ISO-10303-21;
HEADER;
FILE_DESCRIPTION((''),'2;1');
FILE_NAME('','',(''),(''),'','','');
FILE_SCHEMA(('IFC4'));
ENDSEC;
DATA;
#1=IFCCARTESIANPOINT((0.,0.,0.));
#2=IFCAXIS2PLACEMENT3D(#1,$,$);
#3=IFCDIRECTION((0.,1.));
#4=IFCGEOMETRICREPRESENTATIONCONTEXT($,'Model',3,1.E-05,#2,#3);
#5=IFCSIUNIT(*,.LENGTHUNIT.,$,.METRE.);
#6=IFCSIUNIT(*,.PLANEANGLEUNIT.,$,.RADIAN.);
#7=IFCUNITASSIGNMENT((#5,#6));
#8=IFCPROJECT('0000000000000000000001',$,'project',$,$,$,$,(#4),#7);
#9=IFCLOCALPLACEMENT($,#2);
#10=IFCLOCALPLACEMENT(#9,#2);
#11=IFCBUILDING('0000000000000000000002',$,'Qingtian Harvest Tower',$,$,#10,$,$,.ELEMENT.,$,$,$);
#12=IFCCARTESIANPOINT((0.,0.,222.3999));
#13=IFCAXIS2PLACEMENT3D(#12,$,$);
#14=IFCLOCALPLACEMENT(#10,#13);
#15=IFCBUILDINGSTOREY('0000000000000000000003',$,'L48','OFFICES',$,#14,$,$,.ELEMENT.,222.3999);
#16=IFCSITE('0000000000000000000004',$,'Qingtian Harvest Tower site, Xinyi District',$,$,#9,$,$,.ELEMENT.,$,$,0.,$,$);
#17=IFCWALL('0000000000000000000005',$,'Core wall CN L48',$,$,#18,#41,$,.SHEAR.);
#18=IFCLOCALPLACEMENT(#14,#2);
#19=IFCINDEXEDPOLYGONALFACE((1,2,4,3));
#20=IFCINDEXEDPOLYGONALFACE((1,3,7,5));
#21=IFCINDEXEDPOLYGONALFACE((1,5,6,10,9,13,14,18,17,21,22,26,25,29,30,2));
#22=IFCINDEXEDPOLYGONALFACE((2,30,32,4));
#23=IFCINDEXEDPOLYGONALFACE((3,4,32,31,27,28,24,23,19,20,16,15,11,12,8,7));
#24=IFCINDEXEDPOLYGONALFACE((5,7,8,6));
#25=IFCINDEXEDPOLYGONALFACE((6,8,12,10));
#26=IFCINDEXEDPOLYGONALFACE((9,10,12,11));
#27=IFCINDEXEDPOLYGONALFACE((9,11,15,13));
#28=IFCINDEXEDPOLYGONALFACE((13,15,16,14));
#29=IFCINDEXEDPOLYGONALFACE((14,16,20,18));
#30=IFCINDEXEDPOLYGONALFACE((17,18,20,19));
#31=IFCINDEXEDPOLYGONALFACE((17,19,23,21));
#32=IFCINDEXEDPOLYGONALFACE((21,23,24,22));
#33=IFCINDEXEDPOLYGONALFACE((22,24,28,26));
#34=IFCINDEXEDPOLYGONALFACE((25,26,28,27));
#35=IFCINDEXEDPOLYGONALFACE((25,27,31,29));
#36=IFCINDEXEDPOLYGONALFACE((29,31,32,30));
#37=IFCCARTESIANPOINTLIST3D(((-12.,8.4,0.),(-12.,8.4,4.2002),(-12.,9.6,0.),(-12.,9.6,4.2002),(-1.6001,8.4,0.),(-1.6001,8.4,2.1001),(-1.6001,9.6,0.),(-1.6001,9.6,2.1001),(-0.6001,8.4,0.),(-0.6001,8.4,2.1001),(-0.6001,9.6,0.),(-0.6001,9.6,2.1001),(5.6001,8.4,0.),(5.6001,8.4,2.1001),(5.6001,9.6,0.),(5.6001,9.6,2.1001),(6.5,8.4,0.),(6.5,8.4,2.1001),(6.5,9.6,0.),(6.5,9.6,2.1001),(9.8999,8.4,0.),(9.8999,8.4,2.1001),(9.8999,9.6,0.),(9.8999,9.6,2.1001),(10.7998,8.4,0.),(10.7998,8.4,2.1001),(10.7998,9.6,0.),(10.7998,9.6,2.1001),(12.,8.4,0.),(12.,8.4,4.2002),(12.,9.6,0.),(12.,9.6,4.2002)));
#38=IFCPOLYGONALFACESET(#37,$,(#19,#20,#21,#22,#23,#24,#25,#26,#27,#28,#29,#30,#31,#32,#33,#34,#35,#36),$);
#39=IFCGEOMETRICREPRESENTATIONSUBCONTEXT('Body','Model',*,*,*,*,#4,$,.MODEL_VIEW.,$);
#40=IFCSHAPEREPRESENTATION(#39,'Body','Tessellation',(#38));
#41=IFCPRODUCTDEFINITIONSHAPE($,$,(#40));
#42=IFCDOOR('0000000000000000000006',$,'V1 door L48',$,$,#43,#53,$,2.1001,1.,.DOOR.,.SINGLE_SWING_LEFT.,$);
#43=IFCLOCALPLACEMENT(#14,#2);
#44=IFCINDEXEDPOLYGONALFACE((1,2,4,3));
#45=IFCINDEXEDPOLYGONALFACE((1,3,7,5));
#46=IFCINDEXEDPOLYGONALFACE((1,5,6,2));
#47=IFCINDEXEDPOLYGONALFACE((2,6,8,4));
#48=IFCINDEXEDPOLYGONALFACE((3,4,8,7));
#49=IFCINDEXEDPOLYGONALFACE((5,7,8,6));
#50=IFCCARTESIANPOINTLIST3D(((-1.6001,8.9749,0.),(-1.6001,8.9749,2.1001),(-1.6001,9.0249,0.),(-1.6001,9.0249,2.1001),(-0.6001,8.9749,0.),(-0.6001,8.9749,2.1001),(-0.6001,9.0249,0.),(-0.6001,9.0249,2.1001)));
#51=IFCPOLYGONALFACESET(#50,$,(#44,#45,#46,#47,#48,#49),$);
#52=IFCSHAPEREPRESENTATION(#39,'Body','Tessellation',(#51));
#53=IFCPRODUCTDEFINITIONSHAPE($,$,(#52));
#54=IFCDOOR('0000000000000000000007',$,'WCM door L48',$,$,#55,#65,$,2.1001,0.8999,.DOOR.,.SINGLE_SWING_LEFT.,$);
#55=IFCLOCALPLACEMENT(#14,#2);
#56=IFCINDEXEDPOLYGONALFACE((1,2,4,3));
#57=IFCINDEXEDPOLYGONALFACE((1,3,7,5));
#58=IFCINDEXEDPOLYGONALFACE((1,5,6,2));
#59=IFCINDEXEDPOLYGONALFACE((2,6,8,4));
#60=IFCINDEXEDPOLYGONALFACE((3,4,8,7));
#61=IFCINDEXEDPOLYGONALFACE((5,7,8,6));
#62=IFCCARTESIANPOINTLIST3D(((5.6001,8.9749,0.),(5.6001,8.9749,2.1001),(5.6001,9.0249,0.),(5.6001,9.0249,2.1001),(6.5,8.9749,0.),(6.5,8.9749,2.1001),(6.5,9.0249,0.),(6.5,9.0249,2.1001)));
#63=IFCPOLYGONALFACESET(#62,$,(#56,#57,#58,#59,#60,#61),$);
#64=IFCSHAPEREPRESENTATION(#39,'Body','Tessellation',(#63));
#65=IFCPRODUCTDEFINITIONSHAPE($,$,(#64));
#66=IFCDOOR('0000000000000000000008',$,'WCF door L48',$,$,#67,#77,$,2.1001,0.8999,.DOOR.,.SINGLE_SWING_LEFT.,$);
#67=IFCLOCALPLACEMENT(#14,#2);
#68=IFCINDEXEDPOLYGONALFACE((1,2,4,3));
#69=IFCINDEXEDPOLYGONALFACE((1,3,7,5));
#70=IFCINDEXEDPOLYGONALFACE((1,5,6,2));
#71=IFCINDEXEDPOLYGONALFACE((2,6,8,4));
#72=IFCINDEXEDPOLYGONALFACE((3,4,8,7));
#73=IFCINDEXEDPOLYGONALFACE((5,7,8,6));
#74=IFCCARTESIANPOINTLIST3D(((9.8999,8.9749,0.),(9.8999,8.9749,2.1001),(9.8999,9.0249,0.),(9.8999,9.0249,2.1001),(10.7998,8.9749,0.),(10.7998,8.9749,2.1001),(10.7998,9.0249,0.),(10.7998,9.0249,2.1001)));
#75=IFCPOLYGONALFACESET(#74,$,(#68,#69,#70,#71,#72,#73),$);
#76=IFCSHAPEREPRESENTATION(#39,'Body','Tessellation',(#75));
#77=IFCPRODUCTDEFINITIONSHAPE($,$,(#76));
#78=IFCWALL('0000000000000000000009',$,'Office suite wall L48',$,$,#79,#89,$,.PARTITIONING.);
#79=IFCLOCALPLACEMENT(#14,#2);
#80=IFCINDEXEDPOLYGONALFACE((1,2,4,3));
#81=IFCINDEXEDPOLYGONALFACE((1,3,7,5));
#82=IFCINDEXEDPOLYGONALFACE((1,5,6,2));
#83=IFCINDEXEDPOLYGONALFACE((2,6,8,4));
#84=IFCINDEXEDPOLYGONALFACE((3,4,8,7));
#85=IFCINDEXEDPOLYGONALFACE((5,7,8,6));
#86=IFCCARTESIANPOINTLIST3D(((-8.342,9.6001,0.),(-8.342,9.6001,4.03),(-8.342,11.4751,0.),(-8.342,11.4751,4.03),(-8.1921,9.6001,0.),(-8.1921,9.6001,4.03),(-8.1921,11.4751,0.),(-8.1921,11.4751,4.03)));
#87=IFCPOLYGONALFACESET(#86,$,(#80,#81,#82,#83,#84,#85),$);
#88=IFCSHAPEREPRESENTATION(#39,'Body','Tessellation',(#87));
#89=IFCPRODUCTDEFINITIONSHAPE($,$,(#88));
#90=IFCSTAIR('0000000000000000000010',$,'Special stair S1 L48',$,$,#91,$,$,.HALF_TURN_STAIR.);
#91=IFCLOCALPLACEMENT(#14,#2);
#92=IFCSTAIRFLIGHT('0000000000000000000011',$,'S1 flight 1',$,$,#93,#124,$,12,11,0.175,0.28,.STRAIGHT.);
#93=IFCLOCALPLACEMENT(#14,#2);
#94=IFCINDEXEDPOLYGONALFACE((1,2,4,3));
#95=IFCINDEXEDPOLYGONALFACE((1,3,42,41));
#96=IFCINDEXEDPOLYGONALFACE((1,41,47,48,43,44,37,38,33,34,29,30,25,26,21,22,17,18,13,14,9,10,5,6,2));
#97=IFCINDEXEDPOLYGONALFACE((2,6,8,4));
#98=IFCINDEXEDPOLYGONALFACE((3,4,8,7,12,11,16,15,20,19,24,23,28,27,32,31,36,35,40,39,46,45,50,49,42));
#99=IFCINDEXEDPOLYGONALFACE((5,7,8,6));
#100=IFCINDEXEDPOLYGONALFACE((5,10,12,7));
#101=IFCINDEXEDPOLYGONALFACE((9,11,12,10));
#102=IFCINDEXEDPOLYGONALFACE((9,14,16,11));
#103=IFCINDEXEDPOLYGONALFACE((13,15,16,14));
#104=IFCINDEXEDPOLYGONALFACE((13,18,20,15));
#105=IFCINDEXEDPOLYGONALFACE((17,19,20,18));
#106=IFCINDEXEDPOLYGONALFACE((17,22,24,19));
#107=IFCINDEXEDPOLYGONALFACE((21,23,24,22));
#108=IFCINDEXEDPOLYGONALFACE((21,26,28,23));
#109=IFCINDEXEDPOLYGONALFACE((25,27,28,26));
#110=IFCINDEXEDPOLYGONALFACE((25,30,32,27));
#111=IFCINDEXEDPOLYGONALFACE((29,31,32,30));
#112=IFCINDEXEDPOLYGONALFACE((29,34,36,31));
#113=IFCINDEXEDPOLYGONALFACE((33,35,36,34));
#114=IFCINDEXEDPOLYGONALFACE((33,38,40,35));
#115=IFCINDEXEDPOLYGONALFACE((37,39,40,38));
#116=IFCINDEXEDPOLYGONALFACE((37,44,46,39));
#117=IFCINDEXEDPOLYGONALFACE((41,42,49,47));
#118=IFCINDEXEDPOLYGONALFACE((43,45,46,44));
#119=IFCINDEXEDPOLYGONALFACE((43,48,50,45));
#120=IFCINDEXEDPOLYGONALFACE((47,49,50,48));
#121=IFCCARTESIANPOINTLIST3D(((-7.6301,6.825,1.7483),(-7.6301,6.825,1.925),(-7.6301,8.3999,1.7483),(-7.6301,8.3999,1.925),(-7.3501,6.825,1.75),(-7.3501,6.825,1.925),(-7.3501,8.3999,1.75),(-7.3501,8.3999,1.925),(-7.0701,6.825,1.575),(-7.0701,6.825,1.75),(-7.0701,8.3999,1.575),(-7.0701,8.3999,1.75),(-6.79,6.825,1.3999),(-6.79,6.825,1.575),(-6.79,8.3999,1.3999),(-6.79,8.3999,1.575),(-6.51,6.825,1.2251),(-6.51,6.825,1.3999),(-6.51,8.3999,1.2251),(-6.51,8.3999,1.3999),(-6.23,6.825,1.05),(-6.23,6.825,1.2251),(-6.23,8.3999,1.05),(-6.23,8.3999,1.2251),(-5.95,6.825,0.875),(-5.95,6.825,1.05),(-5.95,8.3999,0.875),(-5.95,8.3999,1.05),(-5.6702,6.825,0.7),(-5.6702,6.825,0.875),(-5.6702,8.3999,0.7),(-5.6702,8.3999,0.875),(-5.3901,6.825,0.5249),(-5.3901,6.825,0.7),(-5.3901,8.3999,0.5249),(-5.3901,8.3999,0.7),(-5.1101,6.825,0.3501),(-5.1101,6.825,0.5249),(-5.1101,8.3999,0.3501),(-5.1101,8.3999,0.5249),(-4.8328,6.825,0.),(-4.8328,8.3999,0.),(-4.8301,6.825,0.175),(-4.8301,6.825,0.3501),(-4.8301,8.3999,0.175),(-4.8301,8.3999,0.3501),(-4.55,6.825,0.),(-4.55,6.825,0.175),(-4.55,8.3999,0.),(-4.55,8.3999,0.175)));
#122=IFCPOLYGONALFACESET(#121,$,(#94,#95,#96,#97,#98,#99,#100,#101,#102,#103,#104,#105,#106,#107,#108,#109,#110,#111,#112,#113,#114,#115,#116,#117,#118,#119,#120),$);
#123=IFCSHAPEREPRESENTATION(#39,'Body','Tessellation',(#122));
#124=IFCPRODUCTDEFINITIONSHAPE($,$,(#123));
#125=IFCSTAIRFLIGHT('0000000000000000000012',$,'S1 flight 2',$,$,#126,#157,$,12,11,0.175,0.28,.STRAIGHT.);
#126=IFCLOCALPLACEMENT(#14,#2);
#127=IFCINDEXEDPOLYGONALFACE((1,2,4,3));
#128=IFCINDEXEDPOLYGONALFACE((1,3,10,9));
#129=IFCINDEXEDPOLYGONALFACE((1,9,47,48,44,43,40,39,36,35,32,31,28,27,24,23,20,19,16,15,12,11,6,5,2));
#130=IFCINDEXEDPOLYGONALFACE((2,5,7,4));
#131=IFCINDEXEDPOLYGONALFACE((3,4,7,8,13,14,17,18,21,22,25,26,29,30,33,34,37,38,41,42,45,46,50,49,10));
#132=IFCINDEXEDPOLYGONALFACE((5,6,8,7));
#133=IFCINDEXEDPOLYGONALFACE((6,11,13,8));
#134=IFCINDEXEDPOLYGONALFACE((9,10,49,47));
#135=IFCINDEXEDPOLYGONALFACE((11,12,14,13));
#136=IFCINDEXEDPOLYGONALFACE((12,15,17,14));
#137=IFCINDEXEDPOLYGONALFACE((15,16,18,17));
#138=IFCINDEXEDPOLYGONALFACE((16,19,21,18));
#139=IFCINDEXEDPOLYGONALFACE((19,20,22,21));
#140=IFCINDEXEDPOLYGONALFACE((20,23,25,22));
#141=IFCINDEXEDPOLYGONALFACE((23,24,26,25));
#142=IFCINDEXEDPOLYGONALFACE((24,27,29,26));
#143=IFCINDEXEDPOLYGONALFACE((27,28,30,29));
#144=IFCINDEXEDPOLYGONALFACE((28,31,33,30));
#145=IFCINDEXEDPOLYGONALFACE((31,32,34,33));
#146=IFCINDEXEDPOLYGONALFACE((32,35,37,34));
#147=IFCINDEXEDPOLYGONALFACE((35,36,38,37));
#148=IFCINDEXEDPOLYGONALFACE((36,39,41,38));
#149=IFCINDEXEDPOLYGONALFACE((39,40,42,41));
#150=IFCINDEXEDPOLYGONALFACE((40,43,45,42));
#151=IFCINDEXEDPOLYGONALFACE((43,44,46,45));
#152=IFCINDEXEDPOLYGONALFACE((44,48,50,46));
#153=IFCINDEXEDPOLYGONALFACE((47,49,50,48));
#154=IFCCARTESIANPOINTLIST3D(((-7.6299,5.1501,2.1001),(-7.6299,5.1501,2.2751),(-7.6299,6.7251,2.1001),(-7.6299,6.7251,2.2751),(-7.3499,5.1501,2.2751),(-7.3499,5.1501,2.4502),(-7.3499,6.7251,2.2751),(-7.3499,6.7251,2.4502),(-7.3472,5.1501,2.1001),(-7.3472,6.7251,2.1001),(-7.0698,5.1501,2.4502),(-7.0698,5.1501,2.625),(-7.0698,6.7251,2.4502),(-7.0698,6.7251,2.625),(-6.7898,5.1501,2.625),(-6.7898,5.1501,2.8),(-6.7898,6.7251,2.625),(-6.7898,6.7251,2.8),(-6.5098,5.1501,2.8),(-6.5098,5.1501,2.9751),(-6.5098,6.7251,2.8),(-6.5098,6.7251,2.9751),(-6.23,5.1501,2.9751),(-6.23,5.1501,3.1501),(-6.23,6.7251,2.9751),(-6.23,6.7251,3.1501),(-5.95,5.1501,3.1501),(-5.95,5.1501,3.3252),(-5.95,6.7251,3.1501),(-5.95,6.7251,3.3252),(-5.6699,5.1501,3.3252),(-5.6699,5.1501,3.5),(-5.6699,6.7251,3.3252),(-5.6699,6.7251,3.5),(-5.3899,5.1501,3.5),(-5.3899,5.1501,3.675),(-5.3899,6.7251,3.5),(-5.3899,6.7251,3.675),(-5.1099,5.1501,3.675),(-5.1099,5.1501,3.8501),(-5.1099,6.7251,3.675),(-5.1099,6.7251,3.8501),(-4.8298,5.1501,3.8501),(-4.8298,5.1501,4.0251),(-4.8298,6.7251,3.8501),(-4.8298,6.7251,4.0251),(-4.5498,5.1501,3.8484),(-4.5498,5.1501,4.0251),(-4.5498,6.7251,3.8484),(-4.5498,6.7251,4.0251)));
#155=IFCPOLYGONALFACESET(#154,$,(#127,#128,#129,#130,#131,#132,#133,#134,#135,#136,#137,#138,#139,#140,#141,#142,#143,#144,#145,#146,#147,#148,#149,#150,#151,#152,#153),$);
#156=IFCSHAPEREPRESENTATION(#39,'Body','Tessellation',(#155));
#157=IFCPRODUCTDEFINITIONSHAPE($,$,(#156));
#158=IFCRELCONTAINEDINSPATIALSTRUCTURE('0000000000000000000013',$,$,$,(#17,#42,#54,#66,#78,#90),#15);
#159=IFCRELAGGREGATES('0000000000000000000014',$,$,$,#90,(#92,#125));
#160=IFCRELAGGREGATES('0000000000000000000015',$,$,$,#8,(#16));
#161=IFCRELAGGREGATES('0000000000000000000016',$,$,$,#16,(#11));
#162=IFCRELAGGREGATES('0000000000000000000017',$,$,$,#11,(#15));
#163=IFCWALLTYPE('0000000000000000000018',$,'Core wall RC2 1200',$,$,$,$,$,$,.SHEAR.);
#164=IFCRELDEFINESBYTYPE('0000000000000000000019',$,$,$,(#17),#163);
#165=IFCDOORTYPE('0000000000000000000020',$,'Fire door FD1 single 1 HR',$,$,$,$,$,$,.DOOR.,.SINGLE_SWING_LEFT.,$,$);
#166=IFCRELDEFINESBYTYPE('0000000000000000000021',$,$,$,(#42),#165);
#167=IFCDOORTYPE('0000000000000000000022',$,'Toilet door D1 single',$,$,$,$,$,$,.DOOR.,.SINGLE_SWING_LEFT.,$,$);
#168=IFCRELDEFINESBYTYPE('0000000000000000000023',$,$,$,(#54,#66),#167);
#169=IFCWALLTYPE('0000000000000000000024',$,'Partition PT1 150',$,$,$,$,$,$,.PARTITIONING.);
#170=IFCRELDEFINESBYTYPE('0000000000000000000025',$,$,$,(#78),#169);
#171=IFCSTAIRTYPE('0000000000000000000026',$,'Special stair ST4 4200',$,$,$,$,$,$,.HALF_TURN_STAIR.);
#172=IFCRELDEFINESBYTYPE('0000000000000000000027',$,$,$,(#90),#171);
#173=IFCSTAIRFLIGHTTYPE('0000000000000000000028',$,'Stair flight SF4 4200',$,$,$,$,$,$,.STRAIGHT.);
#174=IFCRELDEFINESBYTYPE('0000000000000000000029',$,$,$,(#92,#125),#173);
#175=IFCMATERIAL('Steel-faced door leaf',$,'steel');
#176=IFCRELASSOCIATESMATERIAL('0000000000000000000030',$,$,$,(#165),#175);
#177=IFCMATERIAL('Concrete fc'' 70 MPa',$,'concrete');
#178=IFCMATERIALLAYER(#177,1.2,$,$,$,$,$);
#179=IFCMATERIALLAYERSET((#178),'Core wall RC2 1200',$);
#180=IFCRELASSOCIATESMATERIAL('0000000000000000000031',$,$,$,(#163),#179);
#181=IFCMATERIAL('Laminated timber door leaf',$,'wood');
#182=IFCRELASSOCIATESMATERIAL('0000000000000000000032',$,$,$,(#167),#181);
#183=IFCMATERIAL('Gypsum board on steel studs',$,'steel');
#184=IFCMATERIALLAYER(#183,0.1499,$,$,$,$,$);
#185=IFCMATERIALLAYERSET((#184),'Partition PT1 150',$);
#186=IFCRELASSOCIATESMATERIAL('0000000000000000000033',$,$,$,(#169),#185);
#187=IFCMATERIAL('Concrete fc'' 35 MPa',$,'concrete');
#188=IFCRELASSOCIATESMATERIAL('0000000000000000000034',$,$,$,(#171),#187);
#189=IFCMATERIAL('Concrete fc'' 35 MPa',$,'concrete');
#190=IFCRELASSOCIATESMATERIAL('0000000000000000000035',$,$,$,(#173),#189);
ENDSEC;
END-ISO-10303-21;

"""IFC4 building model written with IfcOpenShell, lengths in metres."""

from ifc_helpers import new_model, si_unit, direction, frame, frame_2d, origin, place, context, subcontext, project, spatial, polyline, rectangle, outline, extrude, material, layer, layer_set, type_object, element, fill, aggregate, save


model = new_model("IFC4")

# Units and contexts
model_context = context("Model", 3, precision=1e-05, world=origin(), true_north=direction((0.0, 1.0)))
body_context = subcontext(model_context, "Body", "Model", "MODEL_VIEW")
ifc_project = project(units=[si_unit("LENGTHUNIT", "METRE"), si_unit("PLANEANGLEUNIT", "RADIAN")], contexts=[model_context])

# Site, building, storey
site_placement = place(None, origin())
site = spatial("IfcSite", under=ifc_project, at=site_placement, Name="Qingtian Harvest Tower site, Xinyi District", CompositionType="ELEMENT", RefElevation=0.0)
building_placement = place(site_placement, origin())
building = spatial("IfcBuilding", under=site, at=building_placement, Name="Qingtian Harvest Tower", CompositionType="ELEMENT")
storey_placement = place(building_placement, frame((0.0, 0.0, 222.3999)))
storey = spatial("IfcBuildingStorey", under=building, at=storey_placement, Name="L48", Description="OFFICES", CompositionType="ELEMENT", Elevation=222.3999)

# Shared definitions
ifc_material_1 = material(Name="Steel-faced door leaf", Category="steel")
door_type_1 = type_object("IfcDoorType", Name="Fire door FD1 single 1 HR", OperationType="SINGLE_SWING_LEFT", PredefinedType="DOOR", material=ifc_material_1)

# Wall, openings, doors
ifc_material_2 = material(Name="Concrete fc' 70 MPa", Category="concrete")
ifc_layer_1 = layer(ifc_material_2, 1.2)
ifc_layer_set_1 = layer_set([ifc_layer_1], Name="Core wall RC2 1200")
wall_type_1 = type_object("IfcWallType", Name="Core wall RC2 1200", PredefinedType="SHEAR", material=ifc_layer_set_1)
wall_1_placement = place(storey_placement, frame((-12.0, 9.0, 0.0), z_axis=(0.0, 0.0, 1.0), x_axis=(1.0, 0.0, 0.0)))
wall_1 = element("IfcWall", 1, at=wall_1_placement, inside=storey, type_object=wall_type_1, Name="Core wall CN L48", PredefinedType="SHEAR", context=body_context, shape_type="SweptSolid", body=[
    extrude(rectangle(XDim=24.0, YDim=1.2, at=frame_2d((12.0, 0.0))), origin(), (0.0, 0.0, 1.0), 4.2002),
])
opening_1_placement = place(wall_1_placement, frame((10.3999, 0.0, 0.0)))
opening_1 = element("IfcOpeningElement", 2, at=opening_1_placement, cuts=wall_1, PredefinedType="OPENING", context=body_context, shape_type="SweptSolid", body=[
    extrude(rectangle(XDim=1.0, YDim=2.1001, at=frame_2d((0.5, 1.05))), frame((0.0, 0.6099, 0.0), z_axis=(0.0, -1.0, 0.0), x_axis=(1.0, 0.0, 0.0)), (0.0, 0.0, 1.0), 1.22),
])
opening_2_placement = place(wall_1_placement, frame((17.6001, 0.0, 0.0)))
opening_2 = element("IfcOpeningElement", 3, at=opening_2_placement, cuts=wall_1, PredefinedType="OPENING", context=body_context, shape_type="SweptSolid", body=[
    extrude(rectangle(XDim=0.8999, YDim=2.1001, at=frame_2d((0.45, 1.05))), frame((0.0, 0.6099, 0.0), z_axis=(0.0, -1.0, 0.0), x_axis=(1.0, 0.0, 0.0)), (0.0, 0.0, 1.0), 1.22),
])
opening_3_placement = place(wall_1_placement, frame((21.8999, 0.0, 0.0)))
opening_3 = element("IfcOpeningElement", 4, at=opening_3_placement, cuts=wall_1, PredefinedType="OPENING", context=body_context, shape_type="SweptSolid", body=[
    extrude(rectangle(XDim=0.8999, YDim=2.1001, at=frame_2d((0.45, 1.05))), frame((0.0, 0.6099, 0.0), z_axis=(0.0, -1.0, 0.0), x_axis=(1.0, 0.0, 0.0)), (0.0, 0.0, 1.0), 1.22),
])
door_1_placement = place(opening_1_placement, origin())
door_1 = element("IfcDoor", 5, at=door_1_placement, inside=storey, type_object=door_type_1, Name="V1 door L48", OperationType="SINGLE_SWING_LEFT", OverallHeight=2.1001, OverallWidth=1.0, PredefinedType="DOOR", context=body_context, shape_type="SweptSolid", body=[
    extrude(rectangle(XDim=1.0, YDim=2.1001, at=frame_2d((0.5, 1.05))), frame((0.0, 0.0249, 0.0), z_axis=(0.0, -1.0, 0.0), x_axis=(1.0, 0.0, 0.0)), (0.0, 0.0, 1.0), 0.05),
])
fill(opening_1, door_1)
ifc_material_3 = material(Name="Laminated timber door leaf", Category="wood")
door_type_2 = type_object("IfcDoorType", Name="Toilet door D1 single", OperationType="SINGLE_SWING_LEFT", PredefinedType="DOOR", material=ifc_material_3)
door_2_placement = place(opening_2_placement, origin())
door_2 = element("IfcDoor", 6, at=door_2_placement, inside=storey, type_object=door_type_2, Name="WCM door L48", OperationType="SINGLE_SWING_LEFT", OverallHeight=2.1001, OverallWidth=0.8999, PredefinedType="DOOR", context=body_context, shape_type="SweptSolid", body=[
    extrude(rectangle(XDim=0.8999, YDim=2.1001, at=frame_2d((0.45, 1.05))), frame((0.0, 0.0249, 0.0), z_axis=(0.0, -1.0, 0.0), x_axis=(1.0, 0.0, 0.0)), (0.0, 0.0, 1.0), 0.05),
])
fill(opening_2, door_2)
door_3_placement = place(opening_3_placement, origin())
door_3 = element("IfcDoor", 7, at=door_3_placement, inside=storey, type_object=door_type_2, Name="WCF door L48", OperationType="SINGLE_SWING_LEFT", OverallHeight=2.1001, OverallWidth=0.8999, PredefinedType="DOOR", context=body_context, shape_type="SweptSolid", body=[
    extrude(rectangle(XDim=0.8999, YDim=2.1001, at=frame_2d((0.45, 1.05))), frame((0.0, 0.0249, 0.0), z_axis=(0.0, -1.0, 0.0), x_axis=(1.0, 0.0, 0.0)), (0.0, 0.0, 1.0), 0.05),
])
fill(opening_3, door_3)

# Wall
ifc_material_4 = material(Name="Gypsum board on steel studs", Category="steel")
ifc_layer_2 = layer(ifc_material_4, 0.1499)
ifc_layer_set_2 = layer_set([ifc_layer_2], Name="Partition PT1 150")
wall_type_2 = type_object("IfcWallType", Name="Partition PT1 150", PredefinedType="PARTITIONING", material=ifc_layer_set_2)
wall_2_placement = place(storey_placement, frame((-8.2671, 9.6001, 0.0), z_axis=(0.0, 0.0, 1.0), x_axis=(0.0, 1.0, 0.0)))
element("IfcWall", 8, at=wall_2_placement, inside=storey, type_object=wall_type_2, Name="Office suite wall L48", PredefinedType="PARTITIONING", context=body_context, shape_type="SweptSolid", body=[
    extrude(rectangle(XDim=1.875, YDim=0.1499, at=frame_2d((0.9375, 0.0))), origin(), (0.0, 0.0, 1.0), 4.03),
])

# Stair, stair flights
ifc_material_5 = material(Name="Concrete fc' 35 MPa", Category="concrete")
stair_type = type_object("IfcStairType", Name="Special stair ST4 4200", PredefinedType="HALF_TURN_STAIR", material=ifc_material_5)
stair_placement = place(storey_placement, origin())
stair = element("IfcStair", 9, at=stair_placement, inside=storey, type_object=stair_type, Name="Special stair S1 L48", PredefinedType="HALF_TURN_STAIR")
ifc_material_6 = material(Name="Concrete fc' 35 MPa", Category="concrete")
stair_flight_type = type_object("IfcStairFlightType", Name="Stair flight SF4 4200", PredefinedType="STRAIGHT", material=ifc_material_6)
stair_flight_1_placement = place(storey_placement, frame((-4.55, 7.6125, 0.0), z_axis=(0.0, 0.0, 1.0), x_axis=(-1.0, 0.0, 0.0)))
stair_flight_1 = element("IfcStairFlight", 10, at=stair_flight_1_placement, type_object=stair_flight_type, Name="S1 flight 1", NumberOfRisers=12, NumberOfTreads=11, PredefinedType="STRAIGHT", RiserHeight=0.175, TreadLength=0.28, context=body_context, shape_type="SweptSolid", body=[
    extrude(outline(polyline([(0.0, 0.0), (0.0, 0.175), (0.28, 0.175), (0.28, 0.3501), (0.5601, 0.3501), (0.5601, 0.5249), (0.8401, 0.5249), (0.8401, 0.7), (1.1201, 0.7), (1.1201, 0.875), (1.3999, 0.875), (1.3999, 1.05), (1.6799, 1.05), (1.6799, 1.2251), (1.96, 1.2251), (1.96, 1.3999), (2.24, 1.3999), (2.24, 1.575), (2.52, 1.575), (2.52, 1.75), (2.8, 1.75), (2.8, 1.925), (3.0801, 1.925), (3.0801, 2.1001), (3.0801, 1.7483), (0.2827, 0.0), (0.0, 0.0)])), frame((0.0, 0.7876, 0.0), z_axis=(0.0, -1.0, 0.0), x_axis=(1.0, 0.0, 0.0)), (0.0, 0.0, 1.0), 1.575),
])
stair_flight_2_placement = place(storey_placement, frame((-7.6299, 5.9375, 2.1001), z_axis=(0.0, 0.0, 1.0), x_axis=(1.0, 0.0, 0.0)))
stair_flight_2 = element("IfcStairFlight", 11, at=stair_flight_2_placement, type_object=stair_flight_type, Name="S1 flight 2", NumberOfRisers=12, NumberOfTreads=11, PredefinedType="STRAIGHT", RiserHeight=0.175, TreadLength=0.28, context=body_context, shape_type="SweptSolid", body=[
    extrude(outline(polyline([(0.0, 0.0), (0.0, 0.175), (0.28, 0.175), (0.28, 0.3501), (0.5601, 0.3501), (0.5601, 0.5249), (0.8401, 0.5249), (0.8401, 0.7), (1.1201, 0.7), (1.1201, 0.875), (1.3999, 0.875), (1.3999, 1.05), (1.6799, 1.05), (1.6799, 1.2251), (1.96, 1.2251), (1.96, 1.3999), (2.24, 1.3999), (2.24, 1.575), (2.52, 1.575), (2.52, 1.75), (2.8, 1.75), (2.8, 1.925), (3.0801, 1.925), (3.0801, 2.1001), (3.0801, 1.7483), (0.2827, 0.0), (0.0, 0.0)])), frame((0.0, 0.7876, 0.0), z_axis=(0.0, -1.0, 0.0), x_axis=(1.0, 0.0, 0.0)), (0.0, 0.0, 1.0), 1.575),
])
aggregate(stair, [stair_flight_1, stair_flight_2])

save(model, "model.ifc")
